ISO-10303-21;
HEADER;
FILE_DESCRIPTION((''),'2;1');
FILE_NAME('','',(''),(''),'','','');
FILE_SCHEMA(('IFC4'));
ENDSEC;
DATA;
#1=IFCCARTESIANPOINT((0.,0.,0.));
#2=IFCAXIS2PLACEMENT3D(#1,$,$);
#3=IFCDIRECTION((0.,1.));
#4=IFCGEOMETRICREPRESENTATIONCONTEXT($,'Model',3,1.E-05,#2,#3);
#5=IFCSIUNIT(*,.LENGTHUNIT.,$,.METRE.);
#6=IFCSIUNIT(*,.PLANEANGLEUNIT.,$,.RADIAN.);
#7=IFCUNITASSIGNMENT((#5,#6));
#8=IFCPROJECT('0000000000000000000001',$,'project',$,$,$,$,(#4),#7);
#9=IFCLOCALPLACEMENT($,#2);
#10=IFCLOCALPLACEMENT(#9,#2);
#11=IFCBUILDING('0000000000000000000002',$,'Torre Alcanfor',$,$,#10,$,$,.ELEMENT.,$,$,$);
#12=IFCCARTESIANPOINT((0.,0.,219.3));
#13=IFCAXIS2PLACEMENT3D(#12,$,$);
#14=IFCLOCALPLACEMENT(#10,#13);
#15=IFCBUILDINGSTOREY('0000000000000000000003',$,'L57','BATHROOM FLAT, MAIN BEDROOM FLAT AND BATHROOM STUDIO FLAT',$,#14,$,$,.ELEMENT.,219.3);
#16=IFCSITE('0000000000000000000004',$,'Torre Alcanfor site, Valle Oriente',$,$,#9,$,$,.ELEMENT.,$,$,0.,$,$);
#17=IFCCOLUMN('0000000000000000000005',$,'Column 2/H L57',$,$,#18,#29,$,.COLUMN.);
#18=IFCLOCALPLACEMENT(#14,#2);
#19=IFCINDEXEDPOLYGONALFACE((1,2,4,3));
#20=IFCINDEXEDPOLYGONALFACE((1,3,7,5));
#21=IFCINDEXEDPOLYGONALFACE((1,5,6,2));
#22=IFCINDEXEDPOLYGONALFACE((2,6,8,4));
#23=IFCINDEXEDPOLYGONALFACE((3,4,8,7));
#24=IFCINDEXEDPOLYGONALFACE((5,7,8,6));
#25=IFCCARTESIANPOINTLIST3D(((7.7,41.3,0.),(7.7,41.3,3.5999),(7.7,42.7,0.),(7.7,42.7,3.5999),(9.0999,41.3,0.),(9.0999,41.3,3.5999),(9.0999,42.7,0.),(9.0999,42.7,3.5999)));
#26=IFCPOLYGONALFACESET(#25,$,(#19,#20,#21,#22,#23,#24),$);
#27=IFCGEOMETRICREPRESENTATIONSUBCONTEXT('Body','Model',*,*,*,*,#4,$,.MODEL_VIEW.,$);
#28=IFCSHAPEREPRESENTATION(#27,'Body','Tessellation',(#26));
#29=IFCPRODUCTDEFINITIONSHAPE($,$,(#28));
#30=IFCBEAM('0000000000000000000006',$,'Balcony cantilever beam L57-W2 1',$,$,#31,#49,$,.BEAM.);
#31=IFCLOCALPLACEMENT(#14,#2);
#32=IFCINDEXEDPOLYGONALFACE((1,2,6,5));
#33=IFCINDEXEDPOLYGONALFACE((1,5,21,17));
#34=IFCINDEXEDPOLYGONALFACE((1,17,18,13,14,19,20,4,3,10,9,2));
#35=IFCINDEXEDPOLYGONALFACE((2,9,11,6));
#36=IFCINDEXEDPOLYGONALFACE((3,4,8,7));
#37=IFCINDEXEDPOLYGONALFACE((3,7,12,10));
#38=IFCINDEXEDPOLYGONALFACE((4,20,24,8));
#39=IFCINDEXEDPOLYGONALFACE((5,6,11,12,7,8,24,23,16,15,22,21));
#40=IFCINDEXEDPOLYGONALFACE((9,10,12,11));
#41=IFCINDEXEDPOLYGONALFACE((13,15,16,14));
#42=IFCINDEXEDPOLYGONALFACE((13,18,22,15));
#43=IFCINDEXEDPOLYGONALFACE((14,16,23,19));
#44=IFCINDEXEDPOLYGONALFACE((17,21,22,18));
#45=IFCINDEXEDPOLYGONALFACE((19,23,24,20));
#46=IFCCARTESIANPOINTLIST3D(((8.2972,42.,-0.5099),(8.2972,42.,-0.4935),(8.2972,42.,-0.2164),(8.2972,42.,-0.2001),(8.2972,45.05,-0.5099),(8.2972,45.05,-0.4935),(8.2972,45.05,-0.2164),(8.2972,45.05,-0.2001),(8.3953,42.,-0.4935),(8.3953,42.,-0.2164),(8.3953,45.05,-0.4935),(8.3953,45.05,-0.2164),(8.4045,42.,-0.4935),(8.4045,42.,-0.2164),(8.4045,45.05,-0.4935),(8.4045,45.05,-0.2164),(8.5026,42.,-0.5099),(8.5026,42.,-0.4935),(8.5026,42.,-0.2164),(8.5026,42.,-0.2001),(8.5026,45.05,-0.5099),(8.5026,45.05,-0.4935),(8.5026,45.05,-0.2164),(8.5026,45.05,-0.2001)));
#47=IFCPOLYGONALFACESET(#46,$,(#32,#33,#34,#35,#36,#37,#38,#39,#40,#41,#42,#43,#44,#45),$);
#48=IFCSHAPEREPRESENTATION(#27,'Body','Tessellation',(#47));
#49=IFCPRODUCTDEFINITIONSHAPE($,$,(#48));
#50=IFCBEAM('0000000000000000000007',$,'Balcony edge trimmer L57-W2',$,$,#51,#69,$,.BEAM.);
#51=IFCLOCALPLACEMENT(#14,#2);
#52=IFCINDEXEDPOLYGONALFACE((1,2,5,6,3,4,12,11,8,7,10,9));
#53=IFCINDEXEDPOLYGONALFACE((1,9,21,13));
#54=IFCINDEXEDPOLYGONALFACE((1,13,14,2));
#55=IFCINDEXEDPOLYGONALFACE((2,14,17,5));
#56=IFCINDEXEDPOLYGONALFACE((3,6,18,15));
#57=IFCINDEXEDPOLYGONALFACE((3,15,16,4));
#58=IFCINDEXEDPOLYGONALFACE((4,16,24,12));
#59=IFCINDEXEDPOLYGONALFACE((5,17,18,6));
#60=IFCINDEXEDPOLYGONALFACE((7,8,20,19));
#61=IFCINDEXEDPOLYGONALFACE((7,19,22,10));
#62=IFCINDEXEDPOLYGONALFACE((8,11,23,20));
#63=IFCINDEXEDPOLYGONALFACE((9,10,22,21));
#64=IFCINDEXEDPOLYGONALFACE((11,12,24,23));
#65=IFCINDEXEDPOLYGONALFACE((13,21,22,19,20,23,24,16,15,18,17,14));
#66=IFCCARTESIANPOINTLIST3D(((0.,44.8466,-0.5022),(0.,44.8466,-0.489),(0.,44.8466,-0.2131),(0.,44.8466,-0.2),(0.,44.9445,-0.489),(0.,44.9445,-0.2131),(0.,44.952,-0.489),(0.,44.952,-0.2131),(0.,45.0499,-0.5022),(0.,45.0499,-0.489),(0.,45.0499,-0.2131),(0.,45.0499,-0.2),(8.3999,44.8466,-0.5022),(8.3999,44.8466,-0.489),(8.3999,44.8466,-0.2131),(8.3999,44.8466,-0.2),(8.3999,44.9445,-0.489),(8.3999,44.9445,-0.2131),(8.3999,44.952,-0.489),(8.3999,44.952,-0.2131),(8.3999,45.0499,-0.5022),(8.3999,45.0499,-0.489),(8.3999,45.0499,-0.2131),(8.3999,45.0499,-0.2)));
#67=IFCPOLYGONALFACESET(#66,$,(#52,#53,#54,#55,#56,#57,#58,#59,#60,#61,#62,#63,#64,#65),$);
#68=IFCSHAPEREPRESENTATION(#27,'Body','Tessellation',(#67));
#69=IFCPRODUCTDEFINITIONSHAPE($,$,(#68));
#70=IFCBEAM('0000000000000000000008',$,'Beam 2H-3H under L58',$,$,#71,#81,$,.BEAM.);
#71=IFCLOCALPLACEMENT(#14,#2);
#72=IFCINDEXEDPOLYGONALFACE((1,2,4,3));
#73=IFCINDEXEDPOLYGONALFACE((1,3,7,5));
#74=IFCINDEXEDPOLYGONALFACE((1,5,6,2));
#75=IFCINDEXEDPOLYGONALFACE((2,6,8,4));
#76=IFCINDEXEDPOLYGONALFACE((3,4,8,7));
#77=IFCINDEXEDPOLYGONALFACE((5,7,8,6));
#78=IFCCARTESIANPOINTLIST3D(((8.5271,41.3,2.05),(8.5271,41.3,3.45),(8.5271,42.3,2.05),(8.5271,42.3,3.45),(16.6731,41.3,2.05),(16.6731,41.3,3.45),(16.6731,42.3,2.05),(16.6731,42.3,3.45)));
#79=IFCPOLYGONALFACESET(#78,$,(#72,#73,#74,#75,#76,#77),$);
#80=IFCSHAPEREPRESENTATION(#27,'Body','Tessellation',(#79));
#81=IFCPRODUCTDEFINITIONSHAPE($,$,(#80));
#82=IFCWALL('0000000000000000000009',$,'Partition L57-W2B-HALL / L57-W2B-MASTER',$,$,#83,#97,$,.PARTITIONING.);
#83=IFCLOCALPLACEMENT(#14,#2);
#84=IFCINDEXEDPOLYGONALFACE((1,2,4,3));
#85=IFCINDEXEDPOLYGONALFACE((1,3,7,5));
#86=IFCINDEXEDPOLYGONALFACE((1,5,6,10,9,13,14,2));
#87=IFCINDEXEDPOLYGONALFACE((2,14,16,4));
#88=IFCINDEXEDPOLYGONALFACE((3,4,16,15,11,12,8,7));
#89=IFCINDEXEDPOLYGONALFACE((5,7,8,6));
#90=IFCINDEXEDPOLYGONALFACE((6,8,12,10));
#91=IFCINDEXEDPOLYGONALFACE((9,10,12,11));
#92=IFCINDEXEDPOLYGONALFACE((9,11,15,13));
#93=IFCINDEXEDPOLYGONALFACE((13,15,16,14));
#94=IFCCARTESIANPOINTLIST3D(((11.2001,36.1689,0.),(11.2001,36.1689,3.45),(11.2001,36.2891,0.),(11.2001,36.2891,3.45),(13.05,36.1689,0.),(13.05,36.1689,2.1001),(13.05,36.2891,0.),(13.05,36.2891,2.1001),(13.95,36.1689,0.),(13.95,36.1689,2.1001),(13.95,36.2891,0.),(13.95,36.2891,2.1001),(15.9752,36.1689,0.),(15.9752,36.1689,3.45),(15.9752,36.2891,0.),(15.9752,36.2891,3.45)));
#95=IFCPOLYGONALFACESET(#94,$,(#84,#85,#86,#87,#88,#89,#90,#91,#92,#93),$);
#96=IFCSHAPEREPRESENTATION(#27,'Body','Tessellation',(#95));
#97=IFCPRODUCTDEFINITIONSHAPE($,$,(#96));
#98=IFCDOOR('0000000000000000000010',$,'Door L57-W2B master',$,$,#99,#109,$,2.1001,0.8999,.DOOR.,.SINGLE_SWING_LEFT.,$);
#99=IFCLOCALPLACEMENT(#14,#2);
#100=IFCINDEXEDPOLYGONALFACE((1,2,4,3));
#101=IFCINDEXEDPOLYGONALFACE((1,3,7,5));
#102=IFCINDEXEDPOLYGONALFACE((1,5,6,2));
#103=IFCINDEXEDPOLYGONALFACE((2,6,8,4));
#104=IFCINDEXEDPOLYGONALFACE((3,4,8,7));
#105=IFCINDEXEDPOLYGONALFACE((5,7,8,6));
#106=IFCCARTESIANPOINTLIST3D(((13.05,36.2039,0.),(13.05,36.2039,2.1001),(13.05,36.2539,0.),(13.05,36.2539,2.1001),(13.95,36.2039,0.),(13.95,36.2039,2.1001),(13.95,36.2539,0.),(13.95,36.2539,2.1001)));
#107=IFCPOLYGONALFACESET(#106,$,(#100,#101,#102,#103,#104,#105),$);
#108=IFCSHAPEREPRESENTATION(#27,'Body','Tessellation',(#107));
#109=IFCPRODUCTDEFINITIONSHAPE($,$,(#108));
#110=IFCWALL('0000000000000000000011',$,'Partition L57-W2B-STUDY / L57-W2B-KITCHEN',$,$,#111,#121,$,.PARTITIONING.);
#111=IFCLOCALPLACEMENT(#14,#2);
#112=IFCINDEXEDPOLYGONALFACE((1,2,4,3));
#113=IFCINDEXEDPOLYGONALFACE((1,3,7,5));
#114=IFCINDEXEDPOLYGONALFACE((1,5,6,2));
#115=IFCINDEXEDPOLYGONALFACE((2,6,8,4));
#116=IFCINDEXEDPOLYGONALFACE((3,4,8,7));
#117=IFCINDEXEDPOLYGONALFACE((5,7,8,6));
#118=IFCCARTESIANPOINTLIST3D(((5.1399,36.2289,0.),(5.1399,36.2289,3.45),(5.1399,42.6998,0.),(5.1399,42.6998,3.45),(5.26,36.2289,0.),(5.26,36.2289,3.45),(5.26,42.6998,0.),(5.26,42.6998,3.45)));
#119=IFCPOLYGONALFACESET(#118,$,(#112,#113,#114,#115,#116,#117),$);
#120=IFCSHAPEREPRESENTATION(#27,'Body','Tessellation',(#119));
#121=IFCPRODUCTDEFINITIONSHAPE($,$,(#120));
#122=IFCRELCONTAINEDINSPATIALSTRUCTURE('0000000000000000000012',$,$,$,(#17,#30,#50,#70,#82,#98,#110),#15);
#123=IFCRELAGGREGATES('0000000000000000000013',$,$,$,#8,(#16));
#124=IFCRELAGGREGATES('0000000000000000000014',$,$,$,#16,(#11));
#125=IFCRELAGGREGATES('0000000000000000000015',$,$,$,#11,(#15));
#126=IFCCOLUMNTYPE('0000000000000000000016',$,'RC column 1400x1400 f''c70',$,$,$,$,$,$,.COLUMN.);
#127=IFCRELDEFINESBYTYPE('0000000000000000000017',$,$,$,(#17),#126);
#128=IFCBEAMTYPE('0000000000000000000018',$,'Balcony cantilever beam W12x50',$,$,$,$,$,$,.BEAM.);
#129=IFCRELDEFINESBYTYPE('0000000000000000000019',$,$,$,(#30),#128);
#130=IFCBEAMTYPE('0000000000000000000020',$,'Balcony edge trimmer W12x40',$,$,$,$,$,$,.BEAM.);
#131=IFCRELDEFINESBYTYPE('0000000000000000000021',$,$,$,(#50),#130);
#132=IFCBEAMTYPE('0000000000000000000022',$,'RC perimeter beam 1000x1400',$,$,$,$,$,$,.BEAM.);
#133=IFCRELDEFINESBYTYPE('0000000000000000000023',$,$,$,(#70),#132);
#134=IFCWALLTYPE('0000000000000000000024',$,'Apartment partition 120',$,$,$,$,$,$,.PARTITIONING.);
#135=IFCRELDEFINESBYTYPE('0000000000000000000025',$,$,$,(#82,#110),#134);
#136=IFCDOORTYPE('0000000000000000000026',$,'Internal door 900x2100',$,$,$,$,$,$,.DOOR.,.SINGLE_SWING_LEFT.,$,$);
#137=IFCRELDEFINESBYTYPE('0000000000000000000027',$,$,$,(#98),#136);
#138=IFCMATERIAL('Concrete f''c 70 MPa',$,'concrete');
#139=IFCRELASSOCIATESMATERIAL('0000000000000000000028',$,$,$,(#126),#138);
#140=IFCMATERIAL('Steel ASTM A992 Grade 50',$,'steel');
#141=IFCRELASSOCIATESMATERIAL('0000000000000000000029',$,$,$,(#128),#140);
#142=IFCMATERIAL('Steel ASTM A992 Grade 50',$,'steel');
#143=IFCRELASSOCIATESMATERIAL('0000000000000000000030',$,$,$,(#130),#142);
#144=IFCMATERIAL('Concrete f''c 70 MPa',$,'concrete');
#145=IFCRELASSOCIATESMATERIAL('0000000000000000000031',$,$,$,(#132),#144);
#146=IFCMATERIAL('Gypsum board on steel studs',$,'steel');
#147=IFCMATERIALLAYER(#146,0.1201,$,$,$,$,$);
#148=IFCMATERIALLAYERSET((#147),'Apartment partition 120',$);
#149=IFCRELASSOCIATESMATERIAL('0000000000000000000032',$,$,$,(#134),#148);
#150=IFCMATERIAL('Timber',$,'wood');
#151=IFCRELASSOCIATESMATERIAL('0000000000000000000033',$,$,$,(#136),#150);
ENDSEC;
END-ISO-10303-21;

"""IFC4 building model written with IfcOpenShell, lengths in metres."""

from ifc_helpers import new_model, si_unit, direction, frame, frame_2d, origin, origin_2d, place, context, subcontext, project, spatial, rectangle, i_section, extrude, material, layer, layer_set, material_profile, profile_set, type_object, element, fill, save


model = new_model("IFC4")

# Units and contexts
model_context = context("Model", 3, precision=1e-05, world=origin(), true_north=direction((0.0, 1.0)))
body_context = subcontext(model_context, "Body", "Model", "MODEL_VIEW")
ifc_project = project(units=[si_unit("LENGTHUNIT", "METRE"), si_unit("PLANEANGLEUNIT", "RADIAN")], contexts=[model_context])

# Site, building, storey
site_placement = place(None, origin())
site = spatial("IfcSite", under=ifc_project, at=site_placement, Name="Torre Alcanfor site, Valle Oriente", CompositionType="ELEMENT", RefElevation=0.0)
building_placement = place(site_placement, origin())
building = spatial("IfcBuilding", under=site, at=building_placement, Name="Torre Alcanfor", CompositionType="ELEMENT")
storey_placement = place(building_placement, frame((0.0, 0.0, 219.3)))
storey = spatial("IfcBuildingStorey", under=building, at=storey_placement, Name="L57", Description="BATHROOM FLAT, MAIN BEDROOM FLAT AND BATHROOM STUDIO FLAT", CompositionType="ELEMENT", Elevation=219.3)

# Column
ifc_material_1 = material(Name="Concrete f'c 70 MPa", Category="concrete")
ifc_material_profile_1 = material_profile(ifc_material_1, rectangle(XDim=1.3999, YDim=1.3999, at=origin_2d()), Name="1400x1400")
ifc_profile_set_1 = profile_set([ifc_material_profile_1], Name="Concrete f'c 70 MPa")
column_type = type_object("IfcColumnType", Name="RC column 1400x1400 f'c70", PredefinedType="COLUMN", material=ifc_profile_set_1)
column_placement = place(storey_placement, frame((8.3999, 42.0, 0.0), z_axis=(0.0, 0.0, 1.0), x_axis=(1.0, 0.0, 0.0)))
element("IfcColumn", 1, at=column_placement, inside=storey, type_object=column_type, Name="Column 2/H L57", PredefinedType="COLUMN", context=body_context, shape_type="SweptSolid", body=[
    extrude(rectangle(XDim=1.3999, YDim=1.3999, at=origin_2d()), origin(), (0.0, 0.0, 1.0), 3.5999),
])

# Beams
ifc_material_2 = material(Name="Steel ASTM A992 Grade 50", Category="steel")
ifc_material_profile_2 = material_profile(ifc_material_2, i_section(OverallWidth=0.2053, OverallDepth=0.3098, WebThickness=0.0093, FlangeThickness=0.0164, at=origin_2d()), Name="W12x50")
ifc_profile_set_2 = profile_set([ifc_material_profile_2], Name="Steel ASTM A992 Grade 50")
beam_type_1 = type_object("IfcBeamType", Name="Balcony cantilever beam W12x50", PredefinedType="BEAM", material=ifc_profile_set_2)
beam_1_placement = place(storey_placement, frame((8.3999, 42.0, -0.355), z_axis=(0.0, 1.0, 0.0), x_axis=(-1.0, 0.0, 0.0)))
element("IfcBeam", 2, at=beam_1_placement, inside=storey, type_object=beam_type_1, Name="Balcony cantilever beam L57-W2 1", PredefinedType="BEAM", context=body_context, shape_type="SweptSolid", body=[
    extrude(i_section(OverallWidth=0.2053, OverallDepth=0.3098, WebThickness=0.0093, FlangeThickness=0.0164, at=origin_2d()), origin(), (0.0, 0.0, 1.0), 3.05),
])
ifc_material_3 = material(Name="Steel ASTM A992 Grade 50", Category="steel")
ifc_material_profile_3 = material_profile(ifc_material_3, i_section(OverallWidth=0.2034, OverallDepth=0.3022, WebThickness=0.0076, FlangeThickness=0.0132, at=origin_2d()), Name="W12x40")
ifc_profile_set_3 = profile_set([ifc_material_profile_3], Name="Steel ASTM A992 Grade 50")
beam_type_2 = type_object("IfcBeamType", Name="Balcony edge trimmer W12x40", PredefinedType="BEAM", material=ifc_profile_set_3)
beam_2_placement = place(storey_placement, frame((8.3999, 44.9482, -0.3511), z_axis=(-1.0, 0.0, 0.0), x_axis=(0.0, -1.0, 0.0)))
element("IfcBeam", 3, at=beam_2_placement, inside=storey, type_object=beam_type_2, Name="Balcony edge trimmer L57-W2", PredefinedType="BEAM", context=body_context, shape_type="SweptSolid", body=[
    extrude(i_section(OverallWidth=0.2034, OverallDepth=0.3022, WebThickness=0.0076, FlangeThickness=0.0132, at=origin_2d()), origin(), (0.0, 0.0, 1.0), 8.3999),
])
ifc_material_4 = material(Name="Concrete f'c 70 MPa", Category="concrete")
ifc_material_profile_4 = material_profile(ifc_material_4, rectangle(XDim=1.0, YDim=1.3999, at=origin_2d()), Name="1000x1400")
ifc_profile_set_4 = profile_set([ifc_material_profile_4], Name="Concrete f'c 70 MPa")
beam_type_3 = type_object("IfcBeamType", Name="RC perimeter beam 1000x1400", PredefinedType="BEAM", material=ifc_profile_set_4)
beam_3_placement = place(storey_placement, frame((8.5271, 41.8, 2.75), z_axis=(1.0, 0.0, 0.0), x_axis=(0.0, 1.0, 0.0)))
element("IfcBeam", 4, at=beam_3_placement, inside=storey, type_object=beam_type_3, Name="Beam 2H-3H under L58", PredefinedType="BEAM", context=body_context, shape_type="SweptSolid", body=[
    extrude(rectangle(XDim=1.0, YDim=1.3999, at=origin_2d()), origin(), (0.0, 0.0, 1.0), 8.146),
])

# Wall, opening, door
ifc_material_5 = material(Name="Gypsum board on steel studs", Category="steel")
ifc_layer_1 = layer(ifc_material_5, 0.1201)
ifc_layer_set_1 = layer_set([ifc_layer_1], Name="Apartment partition 120")
wall_type_1 = type_object("IfcWallType", Name="Apartment partition 120", PredefinedType="PARTITIONING", material=ifc_layer_set_1)
wall_1_placement = place(storey_placement, frame((11.2, 36.229, 0.0), z_axis=(0.0, 0.0, 1.0), x_axis=(1.0, 0.0, 0.0)))
wall_1 = element("IfcWall", 5, at=wall_1_placement, inside=storey, type_object=wall_type_1, Name="Partition L57-W2B-HALL / L57-W2B-MASTER", PredefinedType="PARTITIONING", context=body_context, shape_type="SweptSolid", body=[
    extrude(rectangle(XDim=4.7751, YDim=0.1201, at=frame_2d((2.3877, 0.0))), origin(), (0.0, 0.0, 1.0), 3.45),
])
opening_1_placement = place(wall_1_placement, frame((1.8501, 0.0, 0.0)))
opening_1 = element("IfcOpeningElement", 6, at=opening_1_placement, cuts=wall_1, PredefinedType="OPENING", context=body_context, shape_type="SweptSolid", body=[
    extrude(rectangle(XDim=0.8999, YDim=2.1001, at=frame_2d((0.45, 1.05))), frame((0.0, 0.0701, 0.0), z_axis=(0.0, -1.0, 0.0), x_axis=(1.0, 0.0, 0.0)), (0.0, 0.0, 1.0), 0.1401),
])
ifc_material_6 = material(Name="Timber", Category="wood")
door_type_1 = type_object("IfcDoorType", Name="Internal door 900x2100", OperationType="SINGLE_SWING_LEFT", PredefinedType="DOOR", material=ifc_material_6)
door_1_placement = place(opening_1_placement, origin())
door_1 = element("IfcDoor", 7, at=door_1_placement, inside=storey, type_object=door_type_1, Name="Door L57-W2B master", OperationType="SINGLE_SWING_LEFT", OverallHeight=2.1001, OverallWidth=0.8999, PredefinedType="DOOR", context=body_context, shape_type="SweptSolid", body=[
    extrude(rectangle(XDim=0.8999, YDim=2.1001, at=frame_2d((0.45, 1.05))), frame((0.0, 0.0249, 0.0), z_axis=(0.0, -1.0, 0.0), x_axis=(1.0, 0.0, 0.0)), (0.0, 0.0, 1.0), 0.05),
])
fill(opening_1, door_1)

# Wall
wall_2_placement = place(storey_placement, frame((5.2, 36.229, 0.0), z_axis=(0.0, 0.0, 1.0), x_axis=(0.0, 1.0, 0.0)))
element("IfcWall", 8, at=wall_2_placement, inside=storey, type_object=wall_type_1, Name="Partition L57-W2B-STUDY / L57-W2B-KITCHEN", PredefinedType="PARTITIONING", context=body_context, shape_type="SweptSolid", body=[
    extrude(rectangle(XDim=6.4709, YDim=0.1201, at=frame_2d((3.2354, 0.0))), origin(), (0.0, 0.0, 1.0), 3.45),
])

save(model, "model.ifc")
